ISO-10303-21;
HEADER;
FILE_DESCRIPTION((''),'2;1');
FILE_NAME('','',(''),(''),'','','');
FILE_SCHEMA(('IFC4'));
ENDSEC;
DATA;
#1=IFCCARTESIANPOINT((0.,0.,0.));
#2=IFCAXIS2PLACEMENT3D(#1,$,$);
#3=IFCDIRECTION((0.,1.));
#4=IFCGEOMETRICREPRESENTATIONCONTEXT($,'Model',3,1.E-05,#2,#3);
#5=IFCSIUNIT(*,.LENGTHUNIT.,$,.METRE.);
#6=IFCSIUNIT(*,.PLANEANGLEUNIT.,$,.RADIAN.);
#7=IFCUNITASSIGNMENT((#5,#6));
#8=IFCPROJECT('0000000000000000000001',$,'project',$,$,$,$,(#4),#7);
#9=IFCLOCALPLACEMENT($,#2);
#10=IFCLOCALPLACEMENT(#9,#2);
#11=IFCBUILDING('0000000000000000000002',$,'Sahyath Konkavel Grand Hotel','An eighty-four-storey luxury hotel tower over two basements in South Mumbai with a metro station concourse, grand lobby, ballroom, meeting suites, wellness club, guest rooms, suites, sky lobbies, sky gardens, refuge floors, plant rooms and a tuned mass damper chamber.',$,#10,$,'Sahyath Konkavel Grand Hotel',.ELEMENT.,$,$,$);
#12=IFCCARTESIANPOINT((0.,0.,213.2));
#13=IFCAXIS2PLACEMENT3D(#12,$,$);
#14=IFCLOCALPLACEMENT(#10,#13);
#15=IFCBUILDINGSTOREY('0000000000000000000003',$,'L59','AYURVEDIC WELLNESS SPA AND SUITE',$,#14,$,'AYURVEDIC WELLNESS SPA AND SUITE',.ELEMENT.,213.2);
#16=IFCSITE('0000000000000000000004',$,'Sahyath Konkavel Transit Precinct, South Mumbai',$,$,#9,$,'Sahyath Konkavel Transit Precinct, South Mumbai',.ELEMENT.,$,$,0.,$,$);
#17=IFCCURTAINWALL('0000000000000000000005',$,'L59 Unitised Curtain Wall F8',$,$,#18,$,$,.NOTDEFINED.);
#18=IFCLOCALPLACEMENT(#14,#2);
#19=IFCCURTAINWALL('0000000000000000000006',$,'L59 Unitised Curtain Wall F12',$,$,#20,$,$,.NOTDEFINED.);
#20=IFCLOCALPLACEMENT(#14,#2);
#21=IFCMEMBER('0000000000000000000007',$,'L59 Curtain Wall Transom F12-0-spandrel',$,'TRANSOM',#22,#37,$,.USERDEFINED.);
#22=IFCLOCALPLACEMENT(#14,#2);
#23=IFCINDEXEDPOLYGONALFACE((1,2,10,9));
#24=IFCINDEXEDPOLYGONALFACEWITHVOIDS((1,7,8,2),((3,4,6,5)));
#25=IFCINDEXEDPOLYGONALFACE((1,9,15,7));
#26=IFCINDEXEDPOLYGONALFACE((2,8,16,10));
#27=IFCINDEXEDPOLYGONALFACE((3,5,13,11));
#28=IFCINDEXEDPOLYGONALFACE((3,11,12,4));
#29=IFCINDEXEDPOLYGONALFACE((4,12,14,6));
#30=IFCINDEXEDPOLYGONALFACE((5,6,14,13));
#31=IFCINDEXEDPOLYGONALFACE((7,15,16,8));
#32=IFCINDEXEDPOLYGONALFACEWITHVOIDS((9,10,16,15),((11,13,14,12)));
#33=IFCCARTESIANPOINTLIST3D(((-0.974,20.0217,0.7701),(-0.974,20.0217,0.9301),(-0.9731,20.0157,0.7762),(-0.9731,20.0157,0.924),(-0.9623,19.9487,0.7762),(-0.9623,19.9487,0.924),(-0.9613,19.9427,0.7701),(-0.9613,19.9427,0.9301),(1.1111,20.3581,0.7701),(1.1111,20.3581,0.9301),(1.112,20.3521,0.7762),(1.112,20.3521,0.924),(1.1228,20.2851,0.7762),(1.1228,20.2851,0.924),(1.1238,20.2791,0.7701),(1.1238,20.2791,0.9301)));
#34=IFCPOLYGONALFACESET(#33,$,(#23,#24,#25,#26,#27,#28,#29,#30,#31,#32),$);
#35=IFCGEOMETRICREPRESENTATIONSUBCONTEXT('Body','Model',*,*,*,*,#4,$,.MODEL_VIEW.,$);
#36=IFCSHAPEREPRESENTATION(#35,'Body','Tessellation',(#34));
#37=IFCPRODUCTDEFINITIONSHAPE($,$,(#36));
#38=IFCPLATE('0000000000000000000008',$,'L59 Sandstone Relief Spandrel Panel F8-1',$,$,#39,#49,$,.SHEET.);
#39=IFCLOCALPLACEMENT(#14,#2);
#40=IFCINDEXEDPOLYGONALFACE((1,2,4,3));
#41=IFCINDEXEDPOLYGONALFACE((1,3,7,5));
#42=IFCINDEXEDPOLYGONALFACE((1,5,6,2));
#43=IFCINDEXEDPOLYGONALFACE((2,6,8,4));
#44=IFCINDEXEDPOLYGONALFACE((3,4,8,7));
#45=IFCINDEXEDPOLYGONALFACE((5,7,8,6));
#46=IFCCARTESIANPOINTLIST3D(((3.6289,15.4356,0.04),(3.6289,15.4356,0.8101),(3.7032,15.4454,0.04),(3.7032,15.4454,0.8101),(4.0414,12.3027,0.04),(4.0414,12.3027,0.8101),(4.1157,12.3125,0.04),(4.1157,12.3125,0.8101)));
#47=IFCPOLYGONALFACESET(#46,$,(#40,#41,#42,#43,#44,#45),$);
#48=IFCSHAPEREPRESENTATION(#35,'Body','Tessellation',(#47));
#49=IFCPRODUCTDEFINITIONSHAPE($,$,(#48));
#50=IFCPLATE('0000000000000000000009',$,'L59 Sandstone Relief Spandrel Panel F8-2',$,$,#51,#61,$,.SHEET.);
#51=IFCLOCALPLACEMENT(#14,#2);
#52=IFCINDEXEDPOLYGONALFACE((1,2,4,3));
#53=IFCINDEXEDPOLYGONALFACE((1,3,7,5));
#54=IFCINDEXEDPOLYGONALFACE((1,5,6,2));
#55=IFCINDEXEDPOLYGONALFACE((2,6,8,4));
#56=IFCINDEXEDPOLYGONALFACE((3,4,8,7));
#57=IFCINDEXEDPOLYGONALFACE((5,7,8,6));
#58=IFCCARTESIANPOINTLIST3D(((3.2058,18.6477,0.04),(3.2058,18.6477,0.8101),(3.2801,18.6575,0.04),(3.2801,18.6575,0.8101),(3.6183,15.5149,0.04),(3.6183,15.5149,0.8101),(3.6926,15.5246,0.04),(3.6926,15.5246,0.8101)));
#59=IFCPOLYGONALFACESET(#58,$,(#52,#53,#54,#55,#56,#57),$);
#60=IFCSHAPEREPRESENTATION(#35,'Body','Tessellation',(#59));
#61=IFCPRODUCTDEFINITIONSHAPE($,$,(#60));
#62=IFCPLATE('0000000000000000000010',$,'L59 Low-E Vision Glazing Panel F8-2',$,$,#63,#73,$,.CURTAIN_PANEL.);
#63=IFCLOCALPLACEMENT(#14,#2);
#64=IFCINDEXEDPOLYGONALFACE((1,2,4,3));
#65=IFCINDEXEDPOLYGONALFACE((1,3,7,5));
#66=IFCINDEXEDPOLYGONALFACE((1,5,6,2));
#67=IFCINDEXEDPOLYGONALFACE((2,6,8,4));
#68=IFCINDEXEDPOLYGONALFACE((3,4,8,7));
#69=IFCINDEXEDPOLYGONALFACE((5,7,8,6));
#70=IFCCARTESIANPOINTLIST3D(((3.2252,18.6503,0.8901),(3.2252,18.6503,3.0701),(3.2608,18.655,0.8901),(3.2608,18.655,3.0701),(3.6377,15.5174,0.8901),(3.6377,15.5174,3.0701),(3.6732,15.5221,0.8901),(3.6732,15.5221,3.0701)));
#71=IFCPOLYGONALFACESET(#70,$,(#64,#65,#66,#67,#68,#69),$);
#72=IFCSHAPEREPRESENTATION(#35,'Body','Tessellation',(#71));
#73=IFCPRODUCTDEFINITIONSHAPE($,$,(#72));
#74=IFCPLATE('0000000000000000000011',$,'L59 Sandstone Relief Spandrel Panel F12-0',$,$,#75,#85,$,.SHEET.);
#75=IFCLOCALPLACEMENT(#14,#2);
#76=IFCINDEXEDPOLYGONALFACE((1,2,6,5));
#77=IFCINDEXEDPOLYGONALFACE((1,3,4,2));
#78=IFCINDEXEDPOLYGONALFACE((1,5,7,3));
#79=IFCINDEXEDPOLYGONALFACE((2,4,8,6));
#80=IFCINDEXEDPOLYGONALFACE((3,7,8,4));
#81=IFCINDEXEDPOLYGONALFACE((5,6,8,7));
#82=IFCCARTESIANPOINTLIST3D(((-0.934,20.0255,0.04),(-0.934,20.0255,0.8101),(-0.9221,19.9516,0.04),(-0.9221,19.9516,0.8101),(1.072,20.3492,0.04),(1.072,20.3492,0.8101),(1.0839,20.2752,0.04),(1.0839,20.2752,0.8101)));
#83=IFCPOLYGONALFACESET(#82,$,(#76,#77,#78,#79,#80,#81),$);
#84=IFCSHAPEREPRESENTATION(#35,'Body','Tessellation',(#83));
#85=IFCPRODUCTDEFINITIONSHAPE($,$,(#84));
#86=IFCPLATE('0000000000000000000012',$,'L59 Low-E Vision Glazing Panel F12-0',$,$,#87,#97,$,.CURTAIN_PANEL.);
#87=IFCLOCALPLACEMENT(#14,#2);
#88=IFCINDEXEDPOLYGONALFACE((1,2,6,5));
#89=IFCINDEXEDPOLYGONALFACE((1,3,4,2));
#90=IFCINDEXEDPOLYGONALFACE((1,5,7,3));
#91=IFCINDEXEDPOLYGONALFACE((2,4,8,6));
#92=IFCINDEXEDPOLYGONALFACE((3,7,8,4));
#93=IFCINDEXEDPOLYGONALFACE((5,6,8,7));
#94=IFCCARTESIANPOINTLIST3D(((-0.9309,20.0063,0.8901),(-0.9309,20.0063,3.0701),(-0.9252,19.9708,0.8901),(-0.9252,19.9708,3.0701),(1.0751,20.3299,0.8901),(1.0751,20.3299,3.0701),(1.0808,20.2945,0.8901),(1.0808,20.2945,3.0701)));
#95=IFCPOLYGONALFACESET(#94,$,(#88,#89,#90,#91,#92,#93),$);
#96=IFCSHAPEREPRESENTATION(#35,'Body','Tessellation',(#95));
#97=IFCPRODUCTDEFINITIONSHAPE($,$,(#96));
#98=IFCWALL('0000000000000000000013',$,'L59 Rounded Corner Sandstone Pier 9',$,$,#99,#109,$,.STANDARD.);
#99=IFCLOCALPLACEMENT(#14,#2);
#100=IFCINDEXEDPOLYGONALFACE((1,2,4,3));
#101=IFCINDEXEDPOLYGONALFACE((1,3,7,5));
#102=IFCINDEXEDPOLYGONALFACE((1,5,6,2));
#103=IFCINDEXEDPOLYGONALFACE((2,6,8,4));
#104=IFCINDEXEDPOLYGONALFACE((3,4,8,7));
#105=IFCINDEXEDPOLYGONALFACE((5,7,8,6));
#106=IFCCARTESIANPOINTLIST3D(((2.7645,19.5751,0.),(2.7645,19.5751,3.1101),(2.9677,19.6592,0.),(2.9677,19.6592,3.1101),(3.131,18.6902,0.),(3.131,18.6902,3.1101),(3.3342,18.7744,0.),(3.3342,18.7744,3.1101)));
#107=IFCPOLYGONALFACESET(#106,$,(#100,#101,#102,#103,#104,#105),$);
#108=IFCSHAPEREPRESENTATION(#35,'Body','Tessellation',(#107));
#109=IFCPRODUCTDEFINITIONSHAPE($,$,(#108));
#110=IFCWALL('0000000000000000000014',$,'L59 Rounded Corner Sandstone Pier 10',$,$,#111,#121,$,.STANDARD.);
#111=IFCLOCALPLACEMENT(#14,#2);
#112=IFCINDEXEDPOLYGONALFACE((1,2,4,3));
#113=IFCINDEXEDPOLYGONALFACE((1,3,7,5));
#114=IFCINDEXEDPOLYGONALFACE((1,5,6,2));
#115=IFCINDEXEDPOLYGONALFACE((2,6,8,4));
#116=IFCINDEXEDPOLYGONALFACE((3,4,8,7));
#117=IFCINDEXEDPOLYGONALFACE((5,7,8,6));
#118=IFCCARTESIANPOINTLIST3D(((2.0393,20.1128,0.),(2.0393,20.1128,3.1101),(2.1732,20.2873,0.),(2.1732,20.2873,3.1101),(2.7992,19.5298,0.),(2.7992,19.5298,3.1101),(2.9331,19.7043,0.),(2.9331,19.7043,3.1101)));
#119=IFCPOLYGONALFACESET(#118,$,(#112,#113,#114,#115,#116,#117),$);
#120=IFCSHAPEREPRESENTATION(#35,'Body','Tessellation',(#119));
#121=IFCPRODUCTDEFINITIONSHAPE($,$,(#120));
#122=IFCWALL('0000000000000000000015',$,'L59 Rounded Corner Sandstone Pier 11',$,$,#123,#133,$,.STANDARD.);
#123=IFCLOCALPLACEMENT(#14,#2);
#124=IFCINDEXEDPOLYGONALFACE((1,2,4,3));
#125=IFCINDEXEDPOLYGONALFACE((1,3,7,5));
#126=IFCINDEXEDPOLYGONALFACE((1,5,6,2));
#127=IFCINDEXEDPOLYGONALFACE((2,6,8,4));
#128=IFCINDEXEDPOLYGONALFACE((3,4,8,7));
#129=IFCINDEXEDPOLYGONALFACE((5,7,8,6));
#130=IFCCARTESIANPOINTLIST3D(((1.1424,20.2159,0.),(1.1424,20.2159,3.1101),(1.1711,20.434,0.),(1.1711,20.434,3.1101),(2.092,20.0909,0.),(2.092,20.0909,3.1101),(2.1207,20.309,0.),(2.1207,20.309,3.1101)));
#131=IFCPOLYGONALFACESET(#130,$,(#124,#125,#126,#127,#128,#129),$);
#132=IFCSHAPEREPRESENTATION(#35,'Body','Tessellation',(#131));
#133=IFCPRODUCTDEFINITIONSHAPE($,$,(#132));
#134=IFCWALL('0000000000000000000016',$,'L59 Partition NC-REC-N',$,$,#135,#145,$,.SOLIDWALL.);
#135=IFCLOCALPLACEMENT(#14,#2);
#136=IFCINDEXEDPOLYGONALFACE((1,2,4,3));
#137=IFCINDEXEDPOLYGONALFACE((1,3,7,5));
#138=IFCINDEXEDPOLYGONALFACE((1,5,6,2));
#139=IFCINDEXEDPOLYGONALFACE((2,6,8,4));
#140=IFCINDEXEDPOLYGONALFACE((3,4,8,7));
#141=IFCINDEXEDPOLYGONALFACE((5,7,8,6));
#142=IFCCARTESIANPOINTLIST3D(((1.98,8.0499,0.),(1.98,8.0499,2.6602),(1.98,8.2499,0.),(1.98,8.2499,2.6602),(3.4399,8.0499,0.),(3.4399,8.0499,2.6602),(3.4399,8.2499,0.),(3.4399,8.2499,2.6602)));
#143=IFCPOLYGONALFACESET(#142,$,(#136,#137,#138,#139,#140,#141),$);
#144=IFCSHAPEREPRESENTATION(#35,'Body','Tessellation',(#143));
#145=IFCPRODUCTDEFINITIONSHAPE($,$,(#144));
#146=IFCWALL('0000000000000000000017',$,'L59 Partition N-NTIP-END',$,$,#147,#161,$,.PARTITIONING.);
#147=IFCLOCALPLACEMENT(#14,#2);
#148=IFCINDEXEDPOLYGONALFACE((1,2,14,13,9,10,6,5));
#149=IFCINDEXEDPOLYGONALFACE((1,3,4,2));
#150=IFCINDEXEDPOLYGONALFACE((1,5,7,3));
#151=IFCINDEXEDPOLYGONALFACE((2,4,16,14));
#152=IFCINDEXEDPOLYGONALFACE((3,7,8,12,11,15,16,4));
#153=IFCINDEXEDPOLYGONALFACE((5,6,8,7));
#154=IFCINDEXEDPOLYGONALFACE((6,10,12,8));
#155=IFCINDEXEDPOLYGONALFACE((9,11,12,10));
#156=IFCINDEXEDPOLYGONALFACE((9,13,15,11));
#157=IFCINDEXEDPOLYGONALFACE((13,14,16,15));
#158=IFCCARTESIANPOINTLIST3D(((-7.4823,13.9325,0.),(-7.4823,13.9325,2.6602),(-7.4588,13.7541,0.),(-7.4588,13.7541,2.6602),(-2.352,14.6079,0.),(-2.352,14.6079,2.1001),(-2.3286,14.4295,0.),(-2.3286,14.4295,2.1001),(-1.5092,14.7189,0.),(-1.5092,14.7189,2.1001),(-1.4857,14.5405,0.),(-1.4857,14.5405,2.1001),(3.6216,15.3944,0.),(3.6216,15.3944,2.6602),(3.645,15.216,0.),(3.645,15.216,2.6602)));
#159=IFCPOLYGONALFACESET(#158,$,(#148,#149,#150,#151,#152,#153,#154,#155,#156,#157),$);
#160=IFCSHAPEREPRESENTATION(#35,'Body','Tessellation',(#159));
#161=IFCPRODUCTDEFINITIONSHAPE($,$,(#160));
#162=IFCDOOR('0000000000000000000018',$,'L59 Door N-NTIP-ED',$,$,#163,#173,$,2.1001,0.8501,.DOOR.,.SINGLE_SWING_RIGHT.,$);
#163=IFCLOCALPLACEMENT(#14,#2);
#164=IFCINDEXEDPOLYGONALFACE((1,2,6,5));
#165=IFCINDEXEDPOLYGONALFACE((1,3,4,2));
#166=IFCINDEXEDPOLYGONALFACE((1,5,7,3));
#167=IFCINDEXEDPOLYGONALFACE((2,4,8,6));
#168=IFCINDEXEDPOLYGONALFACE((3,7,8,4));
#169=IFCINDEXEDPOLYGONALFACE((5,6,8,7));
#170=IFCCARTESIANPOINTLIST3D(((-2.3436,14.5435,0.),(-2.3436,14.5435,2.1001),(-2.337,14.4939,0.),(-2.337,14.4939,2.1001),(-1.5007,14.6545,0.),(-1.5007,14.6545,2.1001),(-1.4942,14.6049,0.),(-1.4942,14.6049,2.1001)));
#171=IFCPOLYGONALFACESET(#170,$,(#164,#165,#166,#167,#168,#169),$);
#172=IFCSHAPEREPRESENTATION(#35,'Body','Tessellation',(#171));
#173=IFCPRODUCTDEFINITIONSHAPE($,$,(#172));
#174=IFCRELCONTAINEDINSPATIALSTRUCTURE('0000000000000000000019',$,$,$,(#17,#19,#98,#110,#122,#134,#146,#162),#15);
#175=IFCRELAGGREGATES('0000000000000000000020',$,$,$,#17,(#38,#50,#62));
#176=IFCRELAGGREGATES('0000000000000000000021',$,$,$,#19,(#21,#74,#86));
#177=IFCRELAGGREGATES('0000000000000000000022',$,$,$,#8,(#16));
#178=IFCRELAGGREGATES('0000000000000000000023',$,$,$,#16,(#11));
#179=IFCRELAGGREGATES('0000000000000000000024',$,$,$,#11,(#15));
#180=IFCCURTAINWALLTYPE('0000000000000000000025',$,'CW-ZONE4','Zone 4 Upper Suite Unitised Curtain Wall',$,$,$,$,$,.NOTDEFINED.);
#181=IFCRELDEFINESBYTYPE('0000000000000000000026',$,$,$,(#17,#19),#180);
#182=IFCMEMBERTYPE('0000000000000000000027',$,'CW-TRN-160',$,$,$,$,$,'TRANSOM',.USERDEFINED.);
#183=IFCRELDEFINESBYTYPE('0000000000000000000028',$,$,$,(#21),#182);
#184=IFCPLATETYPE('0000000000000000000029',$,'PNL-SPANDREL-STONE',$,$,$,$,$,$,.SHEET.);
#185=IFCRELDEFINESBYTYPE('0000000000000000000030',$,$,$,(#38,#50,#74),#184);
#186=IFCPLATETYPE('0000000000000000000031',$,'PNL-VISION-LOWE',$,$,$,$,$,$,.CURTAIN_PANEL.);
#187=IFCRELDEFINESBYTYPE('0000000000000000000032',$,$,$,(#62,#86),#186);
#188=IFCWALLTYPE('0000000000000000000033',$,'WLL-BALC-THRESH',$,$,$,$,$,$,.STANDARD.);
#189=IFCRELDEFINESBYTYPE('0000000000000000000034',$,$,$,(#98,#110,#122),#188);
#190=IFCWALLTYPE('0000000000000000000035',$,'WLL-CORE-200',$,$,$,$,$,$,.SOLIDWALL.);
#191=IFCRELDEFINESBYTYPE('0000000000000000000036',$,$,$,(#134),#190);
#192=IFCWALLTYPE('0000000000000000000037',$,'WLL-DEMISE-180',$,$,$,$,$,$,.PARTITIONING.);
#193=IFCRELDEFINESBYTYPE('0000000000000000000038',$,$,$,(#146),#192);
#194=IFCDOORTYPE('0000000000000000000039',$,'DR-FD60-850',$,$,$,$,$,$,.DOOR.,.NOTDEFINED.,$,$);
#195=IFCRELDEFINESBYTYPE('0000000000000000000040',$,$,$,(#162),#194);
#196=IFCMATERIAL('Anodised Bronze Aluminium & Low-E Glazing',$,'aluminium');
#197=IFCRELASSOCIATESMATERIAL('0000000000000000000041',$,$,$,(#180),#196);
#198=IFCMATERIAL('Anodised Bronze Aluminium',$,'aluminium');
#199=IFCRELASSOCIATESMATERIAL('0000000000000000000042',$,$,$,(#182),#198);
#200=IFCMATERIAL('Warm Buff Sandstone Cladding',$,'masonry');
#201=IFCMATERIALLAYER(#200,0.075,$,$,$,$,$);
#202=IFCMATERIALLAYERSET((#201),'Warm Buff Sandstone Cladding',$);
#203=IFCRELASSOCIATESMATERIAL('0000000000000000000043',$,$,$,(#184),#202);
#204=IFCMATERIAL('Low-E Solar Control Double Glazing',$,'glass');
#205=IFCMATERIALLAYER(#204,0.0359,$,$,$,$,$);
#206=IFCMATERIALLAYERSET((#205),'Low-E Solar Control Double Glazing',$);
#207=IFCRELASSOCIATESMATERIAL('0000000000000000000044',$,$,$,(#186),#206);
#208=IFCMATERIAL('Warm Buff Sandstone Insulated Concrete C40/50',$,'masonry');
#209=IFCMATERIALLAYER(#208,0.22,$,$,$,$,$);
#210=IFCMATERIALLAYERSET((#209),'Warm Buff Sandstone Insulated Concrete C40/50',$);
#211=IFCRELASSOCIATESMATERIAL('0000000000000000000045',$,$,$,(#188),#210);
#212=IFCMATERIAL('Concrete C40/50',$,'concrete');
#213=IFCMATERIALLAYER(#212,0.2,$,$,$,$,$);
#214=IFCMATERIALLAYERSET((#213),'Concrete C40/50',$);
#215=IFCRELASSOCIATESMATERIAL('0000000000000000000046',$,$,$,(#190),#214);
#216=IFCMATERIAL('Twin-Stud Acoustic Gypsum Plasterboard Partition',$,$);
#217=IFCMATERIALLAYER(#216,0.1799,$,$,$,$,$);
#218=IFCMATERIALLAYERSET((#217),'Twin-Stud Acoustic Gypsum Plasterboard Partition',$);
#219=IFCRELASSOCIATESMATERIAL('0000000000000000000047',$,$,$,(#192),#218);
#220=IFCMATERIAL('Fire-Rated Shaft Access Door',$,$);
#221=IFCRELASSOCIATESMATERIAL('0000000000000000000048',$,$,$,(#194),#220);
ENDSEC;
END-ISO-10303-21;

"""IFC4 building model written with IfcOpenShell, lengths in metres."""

from ifc_helpers import new_model, si_unit, direction, frame, frame_2d, origin, origin_2d, place, context, subcontext, project, spatial, rectangle, hollow_rectangle, extrude, source, transform, mapped, material, layer, layer_set, material_profile, profile_set, type_object, element, fill, aggregate, save


model = new_model("IFC4")

# Units and contexts
model_context = context("Model", 3, precision=1e-05, world=origin(), true_north=direction((0.0, 1.0)))
body_context = subcontext(model_context, "Body", "Model", "MODEL_VIEW")
ifc_project = project(units=[si_unit("LENGTHUNIT", "METRE"), si_unit("PLANEANGLEUNIT", "RADIAN")], contexts=[model_context])

# Site, building, storey
site_placement = place(None, origin())
site = spatial("IfcSite", under=ifc_project, at=site_placement, Name="Sahyath Konkavel Transit Precinct, South Mumbai", LongName="Sahyath Konkavel Transit Precinct, South Mumbai", CompositionType="ELEMENT", RefElevation=0.0)
building_placement = place(site_placement, origin())
building = spatial("IfcBuilding", under=site, at=building_placement, Name="Sahyath Konkavel Grand Hotel", Description="An eighty-four-storey luxury hotel tower over two basements in South Mumbai with a metro station concourse, grand lobby, ballroom, meeting suites, wellness club, guest rooms, suites, sky lobbies, sky gardens, refuge floors, plant rooms and a tuned mass damper chamber.", LongName="Sahyath Konkavel Grand Hotel", CompositionType="ELEMENT")
storey_placement = place(building_placement, frame((0.0, 0.0, 213.2)))
storey = spatial("IfcBuildingStorey", under=building, at=storey_placement, Name="L59", Description="AYURVEDIC WELLNESS SPA AND SUITE", LongName="AYURVEDIC WELLNESS SPA AND SUITE", CompositionType="ELEMENT", Elevation=213.2)

# Shared definitions
ifc_material_1 = material(Name="Concrete C40/50", Category="concrete")

# Curtain wall
ifc_material_2 = material(Name="Anodised Bronze Aluminium & Low-E Glazing", Category="aluminium")
curtain_wall_type = type_object("IfcCurtainWallType", Name="CW-ZONE4", Description="Zone 4 Upper Suite Unitised Curtain Wall", PredefinedType="NOTDEFINED", material=ifc_material_2)
curtain_wall_1_placement = place(storey_placement, origin())
curtain_wall_1 = element("IfcCurtainWall", 1, at=curtain_wall_1_placement, inside=storey, type_object=curtain_wall_type, Name="L59 Unitised Curtain Wall F8", PredefinedType="NOTDEFINED")
ifc_material_3 = material(Name="Anodised Bronze Aluminium", Category="aluminium")

# Curtain wall
curtain_wall_2_placement = place(storey_placement, origin())
curtain_wall_2 = element("IfcCurtainWall", 2, at=curtain_wall_2_placement, inside=storey, type_object=curtain_wall_type, Name="L59 Unitised Curtain Wall F12", PredefinedType="NOTDEFINED")

# Member
ifc_material_profile_1 = material_profile(ifc_material_3, hollow_rectangle(XDim=0.0801, YDim=0.1599, WallThickness=0.0061, at=origin_2d()), Name="RHS 160x80x6")
ifc_profile_set_1 = profile_set([ifc_material_profile_1], Name="Anodised Bronze Aluminium")
member_type_1 = type_object("IfcMemberType", Name="CW-TRN-160", ElementType="TRANSOM", PredefinedType="USERDEFINED", material=ifc_profile_set_1)
shared_shape_1 = source(origin(), body_context, "Body", "SweptSolid", [
    extrude(hollow_rectangle(XDim=0.0801, YDim=0.1599, WallThickness=0.0061, at=origin_2d()), origin(), (0.0, 0.0, 1.0), 2.1121),
])
member_1_placement = place(storey_placement, frame((1.1174, 20.3186, 0.8501), z_axis=(-0.987233, -0.15928, 0.0), x_axis=(0.15928, -0.987233, 0.0)))
member_1 = element("IfcMember", 3, at=member_1_placement, type_object=member_type_1, Name="L59 Curtain Wall Transom F12-0-spandrel", ObjectType="TRANSOM", PredefinedType="USERDEFINED", context=body_context, shape_type="MappedRepresentation", body=[
    mapped(shared_shape_1, transform((0.0, 0.0, 0.0), scale=1.0)),
])

# Plates
ifc_material_4 = material(Name="Warm Buff Sandstone Cladding", Category="masonry")
ifc_layer_1 = layer(ifc_material_4, 0.075)
ifc_layer_set_1 = layer_set([ifc_layer_1], Name="Warm Buff Sandstone Cladding")
plate_type_1 = type_object("IfcPlateType", Name="PNL-SPANDREL-STONE", PredefinedType="SHEET", material=ifc_layer_set_1)
shared_shape_2 = source(origin(), body_context, "Body", "SweptSolid", [
    extrude(rectangle(XDim=3.1599, YDim=0.075, at=origin_2d()), origin(), (0.0, 0.0, 1.0), 0.77),
])
plate_1_placement = place(storey_placement, frame((3.8723, 13.874, 0.04), z_axis=(0.0, 0.0, 1.0), x_axis=(-0.130526, 0.991445, 0.0)))
plate_1 = element("IfcPlate", 4, at=plate_1_placement, type_object=plate_type_1, Name="L59 Sandstone Relief Spandrel Panel F8-1", PredefinedType="SHEET", context=body_context, shape_type="MappedRepresentation", body=[
    mapped(shared_shape_2, transform((0.0, 0.0, 0.0), scale=1.0)),
])
plate_2_placement = place(storey_placement, frame((3.4492, 17.0862, 0.04), z_axis=(0.0, 0.0, 1.0), x_axis=(-0.130526, 0.991445, 0.0)))
plate_2 = element("IfcPlate", 5, at=plate_2_placement, type_object=plate_type_1, Name="L59 Sandstone Relief Spandrel Panel F8-2", PredefinedType="SHEET", context=body_context, shape_type="MappedRepresentation", body=[
    mapped(shared_shape_2, transform((0.0, 0.0, 0.0), scale=1.0)),
])
ifc_material_5 = material(Name="Low-E Solar Control Double Glazing", Category="glass")
ifc_layer_2 = layer(ifc_material_5, 0.0359)
ifc_layer_set_2 = layer_set([ifc_layer_2], Name="Low-E Solar Control Double Glazing")
plate_type_2 = type_object("IfcPlateType", Name="PNL-VISION-LOWE", PredefinedType="CURTAIN_PANEL", material=ifc_layer_set_2)
shared_shape_3 = source(origin(), body_context, "Body", "SweptSolid", [
    extrude(rectangle(XDim=3.1599, YDim=0.0359, at=origin_2d()), origin(), (0.0, 0.0, 1.0), 2.1799),
])
plate_3_placement = place(storey_placement, frame((3.4492, 17.0862, 0.8901), z_axis=(0.0, 0.0, 1.0), x_axis=(-0.130526, 0.991445, 0.0)))
plate_3 = element("IfcPlate", 6, at=plate_3_placement, type_object=plate_type_2, Name="L59 Low-E Vision Glazing Panel F8-2", PredefinedType="CURTAIN_PANEL", context=body_context, shape_type="MappedRepresentation", body=[
    mapped(shared_shape_3, transform((0.0, 0.0, 0.0), scale=1.0)),
])
aggregate(curtain_wall_1, [plate_1, plate_2, plate_3])
shared_shape_4 = source(origin(), body_context, "Body", "SweptSolid", [
    extrude(rectangle(XDim=2.032, YDim=0.075, at=origin_2d()), origin(), (0.0, 0.0, 1.0), 0.77),
])
plate_4_placement = place(storey_placement, frame((0.075, 20.1504, 0.04), z_axis=(0.0, 0.0, 1.0), x_axis=(-0.987231, -0.159295, 0.0)))
plate_4 = element("IfcPlate", 7, at=plate_4_placement, type_object=plate_type_1, Name="L59 Sandstone Relief Spandrel Panel F12-0", PredefinedType="SHEET", context=body_context, shape_type="MappedRepresentation", body=[
    mapped(shared_shape_4, transform((0.0, 0.0, 0.0), scale=1.0)),
])
shared_shape_5 = source(origin(), body_context, "Body", "SweptSolid", [
    extrude(rectangle(XDim=2.032, YDim=0.0359, at=origin_2d()), origin(), (0.0, 0.0, 1.0), 2.1799),
])
plate_5_placement = place(storey_placement, frame((0.075, 20.1504, 0.8901), z_axis=(0.0, 0.0, 1.0), x_axis=(-0.987231, -0.159295, 0.0)))
plate_5 = element("IfcPlate", 8, at=plate_5_placement, type_object=plate_type_2, Name="L59 Low-E Vision Glazing Panel F12-0", PredefinedType="CURTAIN_PANEL", context=body_context, shape_type="MappedRepresentation", body=[
    mapped(shared_shape_5, transform((0.0, 0.0, 0.0), scale=1.0)),
])
aggregate(curtain_wall_2, [member_1, plate_4, plate_5])

# Walls
ifc_material_6 = material(Name="Warm Buff Sandstone Insulated Concrete C40/50", Category="masonry")
ifc_layer_3 = layer(ifc_material_6, 0.22)
ifc_layer_set_3 = layer_set([ifc_layer_3], Name="Warm Buff Sandstone Insulated Concrete C40/50")
wall_type_1 = type_object("IfcWallType", Name="WLL-BALC-THRESH", PredefinedType="STANDARD", material=ifc_layer_set_3)
for number, where, z_axis, x_axis, name in (
    (9, (3.2327, 18.7322, 0.0), (0.0, 0.0, 1.0), (-0.38266, 0.923889, 0.0), "L59 Rounded Corner Sandstone Pier 9"),
    (10, (2.8662, 19.6169, 0.0), (0.0, 0.0, 1.0), (-0.793344, 0.608774, 0.0), "L59 Rounded Corner Sandstone Pier 10"),
    (11, (2.1064, 20.2, 0.0), (0.0, 0.0, 1.0), (-0.991445, 0.130527, 0.0), "L59 Rounded Corner Sandstone Pier 11"),
):
    element("IfcWall", number, at=place(storey_placement, frame(where, z_axis=z_axis, x_axis=x_axis)), inside=storey, type_object=wall_type_1, Name=name, PredefinedType="STANDARD", context=body_context, shape_type="SweptSolid", body=[
        extrude(rectangle(XDim=0.9578, YDim=0.22, at=frame_2d((0.479, 0.0))), origin(), (0.0, 0.0, 1.0), 3.1101),
    ])
ifc_layer_4 = layer(ifc_material_1, 0.2)
ifc_layer_set_4 = layer_set([ifc_layer_4], Name="Concrete C40/50")
wall_type_2 = type_object("IfcWallType", Name="WLL-CORE-200", PredefinedType="SOLIDWALL", material=ifc_layer_set_4)
wall_1_placement = place(storey_placement, frame((1.98, 8.1499, 0.0), z_axis=(0.0, 0.0, 1.0), x_axis=(1.0, 0.0, 0.0)))
element("IfcWall", 12, at=wall_1_placement, inside=storey, type_object=wall_type_2, Name="L59 Partition NC-REC-N", PredefinedType="SOLIDWALL", context=body_context, shape_type="SweptSolid", body=[
    extrude(rectangle(XDim=1.46, YDim=0.2, at=frame_2d((0.73, 0.0))), origin(), (0.0, 0.0, 1.0), 2.6602),
])

# Wall, opening, door
ifc_material_7 = material(Name="Twin-Stud Acoustic Gypsum Plasterboard Partition")
ifc_layer_5 = layer(ifc_material_7, 0.1799)
ifc_layer_set_5 = layer_set([ifc_layer_5], Name="Twin-Stud Acoustic Gypsum Plasterboard Partition")
wall_type_3 = type_object("IfcWallType", Name="WLL-DEMISE-180", PredefinedType="PARTITIONING", material=ifc_layer_set_5)
wall_2_placement = place(storey_placement, frame((3.6333, 15.3052, 0.0), z_axis=(0.0, 0.0, 1.0), x_axis=(-0.991444, -0.13053, 0.0)))
wall_2 = element("IfcWall", 13, at=wall_2_placement, inside=storey, type_object=wall_type_3, Name="L59 Partition N-NTIP-END", PredefinedType="PARTITIONING", context=body_context, shape_type="SweptSolid", body=[
    extrude(rectangle(XDim=11.1997, YDim=0.1799, at=frame_2d((5.5999, 0.0))), origin(), (0.0, 0.0, 1.0), 2.6602),
])
opening_1_placement = place(wall_2_placement, frame((5.175, 0.0, 0.0)))
opening_1 = element("IfcOpeningElement", 14, at=opening_1_placement, cuts=wall_2, PredefinedType="OPENING", context=body_context, shape_type="SweptSolid", body=[
    extrude(rectangle(XDim=0.8501, YDim=2.1001, at=frame_2d((0.425, 1.05))), frame((0.0, 0.1001, 0.0), z_axis=(0.0, -1.0, 0.0), x_axis=(1.0, 0.0, 0.0)), (0.0, 0.0, 1.0), 0.2),
])
ifc_material_8 = material(Name="Fire-Rated Shaft Access Door")
door_type_1 = type_object("IfcDoorType", Name="DR-FD60-850", OperationType="NOTDEFINED", PredefinedType="DOOR", material=ifc_material_8)
shared_shape_6 = source(origin(), body_context, "Body", "SweptSolid", [
    extrude(rectangle(XDim=0.8501, YDim=0.05, at=origin_2d()), origin(), (0.0, 0.0, 1.0), 2.1001),
])
door_1_placement = place(opening_1_placement, frame((0.425, 0.0, 0.0)))
door_1 = element("IfcDoor", 15, at=door_1_placement, inside=storey, type_object=door_type_1, Name="L59 Door N-NTIP-ED", OperationType="SINGLE_SWING_RIGHT", OverallHeight=2.1001, OverallWidth=0.8501, PredefinedType="DOOR", context=body_context, shape_type="MappedRepresentation", body=[
    mapped(shared_shape_6, transform((0.0, 0.0, 0.0), scale=1.0)),
])
fill(opening_1, door_1)

save(model, "model.ifc")
